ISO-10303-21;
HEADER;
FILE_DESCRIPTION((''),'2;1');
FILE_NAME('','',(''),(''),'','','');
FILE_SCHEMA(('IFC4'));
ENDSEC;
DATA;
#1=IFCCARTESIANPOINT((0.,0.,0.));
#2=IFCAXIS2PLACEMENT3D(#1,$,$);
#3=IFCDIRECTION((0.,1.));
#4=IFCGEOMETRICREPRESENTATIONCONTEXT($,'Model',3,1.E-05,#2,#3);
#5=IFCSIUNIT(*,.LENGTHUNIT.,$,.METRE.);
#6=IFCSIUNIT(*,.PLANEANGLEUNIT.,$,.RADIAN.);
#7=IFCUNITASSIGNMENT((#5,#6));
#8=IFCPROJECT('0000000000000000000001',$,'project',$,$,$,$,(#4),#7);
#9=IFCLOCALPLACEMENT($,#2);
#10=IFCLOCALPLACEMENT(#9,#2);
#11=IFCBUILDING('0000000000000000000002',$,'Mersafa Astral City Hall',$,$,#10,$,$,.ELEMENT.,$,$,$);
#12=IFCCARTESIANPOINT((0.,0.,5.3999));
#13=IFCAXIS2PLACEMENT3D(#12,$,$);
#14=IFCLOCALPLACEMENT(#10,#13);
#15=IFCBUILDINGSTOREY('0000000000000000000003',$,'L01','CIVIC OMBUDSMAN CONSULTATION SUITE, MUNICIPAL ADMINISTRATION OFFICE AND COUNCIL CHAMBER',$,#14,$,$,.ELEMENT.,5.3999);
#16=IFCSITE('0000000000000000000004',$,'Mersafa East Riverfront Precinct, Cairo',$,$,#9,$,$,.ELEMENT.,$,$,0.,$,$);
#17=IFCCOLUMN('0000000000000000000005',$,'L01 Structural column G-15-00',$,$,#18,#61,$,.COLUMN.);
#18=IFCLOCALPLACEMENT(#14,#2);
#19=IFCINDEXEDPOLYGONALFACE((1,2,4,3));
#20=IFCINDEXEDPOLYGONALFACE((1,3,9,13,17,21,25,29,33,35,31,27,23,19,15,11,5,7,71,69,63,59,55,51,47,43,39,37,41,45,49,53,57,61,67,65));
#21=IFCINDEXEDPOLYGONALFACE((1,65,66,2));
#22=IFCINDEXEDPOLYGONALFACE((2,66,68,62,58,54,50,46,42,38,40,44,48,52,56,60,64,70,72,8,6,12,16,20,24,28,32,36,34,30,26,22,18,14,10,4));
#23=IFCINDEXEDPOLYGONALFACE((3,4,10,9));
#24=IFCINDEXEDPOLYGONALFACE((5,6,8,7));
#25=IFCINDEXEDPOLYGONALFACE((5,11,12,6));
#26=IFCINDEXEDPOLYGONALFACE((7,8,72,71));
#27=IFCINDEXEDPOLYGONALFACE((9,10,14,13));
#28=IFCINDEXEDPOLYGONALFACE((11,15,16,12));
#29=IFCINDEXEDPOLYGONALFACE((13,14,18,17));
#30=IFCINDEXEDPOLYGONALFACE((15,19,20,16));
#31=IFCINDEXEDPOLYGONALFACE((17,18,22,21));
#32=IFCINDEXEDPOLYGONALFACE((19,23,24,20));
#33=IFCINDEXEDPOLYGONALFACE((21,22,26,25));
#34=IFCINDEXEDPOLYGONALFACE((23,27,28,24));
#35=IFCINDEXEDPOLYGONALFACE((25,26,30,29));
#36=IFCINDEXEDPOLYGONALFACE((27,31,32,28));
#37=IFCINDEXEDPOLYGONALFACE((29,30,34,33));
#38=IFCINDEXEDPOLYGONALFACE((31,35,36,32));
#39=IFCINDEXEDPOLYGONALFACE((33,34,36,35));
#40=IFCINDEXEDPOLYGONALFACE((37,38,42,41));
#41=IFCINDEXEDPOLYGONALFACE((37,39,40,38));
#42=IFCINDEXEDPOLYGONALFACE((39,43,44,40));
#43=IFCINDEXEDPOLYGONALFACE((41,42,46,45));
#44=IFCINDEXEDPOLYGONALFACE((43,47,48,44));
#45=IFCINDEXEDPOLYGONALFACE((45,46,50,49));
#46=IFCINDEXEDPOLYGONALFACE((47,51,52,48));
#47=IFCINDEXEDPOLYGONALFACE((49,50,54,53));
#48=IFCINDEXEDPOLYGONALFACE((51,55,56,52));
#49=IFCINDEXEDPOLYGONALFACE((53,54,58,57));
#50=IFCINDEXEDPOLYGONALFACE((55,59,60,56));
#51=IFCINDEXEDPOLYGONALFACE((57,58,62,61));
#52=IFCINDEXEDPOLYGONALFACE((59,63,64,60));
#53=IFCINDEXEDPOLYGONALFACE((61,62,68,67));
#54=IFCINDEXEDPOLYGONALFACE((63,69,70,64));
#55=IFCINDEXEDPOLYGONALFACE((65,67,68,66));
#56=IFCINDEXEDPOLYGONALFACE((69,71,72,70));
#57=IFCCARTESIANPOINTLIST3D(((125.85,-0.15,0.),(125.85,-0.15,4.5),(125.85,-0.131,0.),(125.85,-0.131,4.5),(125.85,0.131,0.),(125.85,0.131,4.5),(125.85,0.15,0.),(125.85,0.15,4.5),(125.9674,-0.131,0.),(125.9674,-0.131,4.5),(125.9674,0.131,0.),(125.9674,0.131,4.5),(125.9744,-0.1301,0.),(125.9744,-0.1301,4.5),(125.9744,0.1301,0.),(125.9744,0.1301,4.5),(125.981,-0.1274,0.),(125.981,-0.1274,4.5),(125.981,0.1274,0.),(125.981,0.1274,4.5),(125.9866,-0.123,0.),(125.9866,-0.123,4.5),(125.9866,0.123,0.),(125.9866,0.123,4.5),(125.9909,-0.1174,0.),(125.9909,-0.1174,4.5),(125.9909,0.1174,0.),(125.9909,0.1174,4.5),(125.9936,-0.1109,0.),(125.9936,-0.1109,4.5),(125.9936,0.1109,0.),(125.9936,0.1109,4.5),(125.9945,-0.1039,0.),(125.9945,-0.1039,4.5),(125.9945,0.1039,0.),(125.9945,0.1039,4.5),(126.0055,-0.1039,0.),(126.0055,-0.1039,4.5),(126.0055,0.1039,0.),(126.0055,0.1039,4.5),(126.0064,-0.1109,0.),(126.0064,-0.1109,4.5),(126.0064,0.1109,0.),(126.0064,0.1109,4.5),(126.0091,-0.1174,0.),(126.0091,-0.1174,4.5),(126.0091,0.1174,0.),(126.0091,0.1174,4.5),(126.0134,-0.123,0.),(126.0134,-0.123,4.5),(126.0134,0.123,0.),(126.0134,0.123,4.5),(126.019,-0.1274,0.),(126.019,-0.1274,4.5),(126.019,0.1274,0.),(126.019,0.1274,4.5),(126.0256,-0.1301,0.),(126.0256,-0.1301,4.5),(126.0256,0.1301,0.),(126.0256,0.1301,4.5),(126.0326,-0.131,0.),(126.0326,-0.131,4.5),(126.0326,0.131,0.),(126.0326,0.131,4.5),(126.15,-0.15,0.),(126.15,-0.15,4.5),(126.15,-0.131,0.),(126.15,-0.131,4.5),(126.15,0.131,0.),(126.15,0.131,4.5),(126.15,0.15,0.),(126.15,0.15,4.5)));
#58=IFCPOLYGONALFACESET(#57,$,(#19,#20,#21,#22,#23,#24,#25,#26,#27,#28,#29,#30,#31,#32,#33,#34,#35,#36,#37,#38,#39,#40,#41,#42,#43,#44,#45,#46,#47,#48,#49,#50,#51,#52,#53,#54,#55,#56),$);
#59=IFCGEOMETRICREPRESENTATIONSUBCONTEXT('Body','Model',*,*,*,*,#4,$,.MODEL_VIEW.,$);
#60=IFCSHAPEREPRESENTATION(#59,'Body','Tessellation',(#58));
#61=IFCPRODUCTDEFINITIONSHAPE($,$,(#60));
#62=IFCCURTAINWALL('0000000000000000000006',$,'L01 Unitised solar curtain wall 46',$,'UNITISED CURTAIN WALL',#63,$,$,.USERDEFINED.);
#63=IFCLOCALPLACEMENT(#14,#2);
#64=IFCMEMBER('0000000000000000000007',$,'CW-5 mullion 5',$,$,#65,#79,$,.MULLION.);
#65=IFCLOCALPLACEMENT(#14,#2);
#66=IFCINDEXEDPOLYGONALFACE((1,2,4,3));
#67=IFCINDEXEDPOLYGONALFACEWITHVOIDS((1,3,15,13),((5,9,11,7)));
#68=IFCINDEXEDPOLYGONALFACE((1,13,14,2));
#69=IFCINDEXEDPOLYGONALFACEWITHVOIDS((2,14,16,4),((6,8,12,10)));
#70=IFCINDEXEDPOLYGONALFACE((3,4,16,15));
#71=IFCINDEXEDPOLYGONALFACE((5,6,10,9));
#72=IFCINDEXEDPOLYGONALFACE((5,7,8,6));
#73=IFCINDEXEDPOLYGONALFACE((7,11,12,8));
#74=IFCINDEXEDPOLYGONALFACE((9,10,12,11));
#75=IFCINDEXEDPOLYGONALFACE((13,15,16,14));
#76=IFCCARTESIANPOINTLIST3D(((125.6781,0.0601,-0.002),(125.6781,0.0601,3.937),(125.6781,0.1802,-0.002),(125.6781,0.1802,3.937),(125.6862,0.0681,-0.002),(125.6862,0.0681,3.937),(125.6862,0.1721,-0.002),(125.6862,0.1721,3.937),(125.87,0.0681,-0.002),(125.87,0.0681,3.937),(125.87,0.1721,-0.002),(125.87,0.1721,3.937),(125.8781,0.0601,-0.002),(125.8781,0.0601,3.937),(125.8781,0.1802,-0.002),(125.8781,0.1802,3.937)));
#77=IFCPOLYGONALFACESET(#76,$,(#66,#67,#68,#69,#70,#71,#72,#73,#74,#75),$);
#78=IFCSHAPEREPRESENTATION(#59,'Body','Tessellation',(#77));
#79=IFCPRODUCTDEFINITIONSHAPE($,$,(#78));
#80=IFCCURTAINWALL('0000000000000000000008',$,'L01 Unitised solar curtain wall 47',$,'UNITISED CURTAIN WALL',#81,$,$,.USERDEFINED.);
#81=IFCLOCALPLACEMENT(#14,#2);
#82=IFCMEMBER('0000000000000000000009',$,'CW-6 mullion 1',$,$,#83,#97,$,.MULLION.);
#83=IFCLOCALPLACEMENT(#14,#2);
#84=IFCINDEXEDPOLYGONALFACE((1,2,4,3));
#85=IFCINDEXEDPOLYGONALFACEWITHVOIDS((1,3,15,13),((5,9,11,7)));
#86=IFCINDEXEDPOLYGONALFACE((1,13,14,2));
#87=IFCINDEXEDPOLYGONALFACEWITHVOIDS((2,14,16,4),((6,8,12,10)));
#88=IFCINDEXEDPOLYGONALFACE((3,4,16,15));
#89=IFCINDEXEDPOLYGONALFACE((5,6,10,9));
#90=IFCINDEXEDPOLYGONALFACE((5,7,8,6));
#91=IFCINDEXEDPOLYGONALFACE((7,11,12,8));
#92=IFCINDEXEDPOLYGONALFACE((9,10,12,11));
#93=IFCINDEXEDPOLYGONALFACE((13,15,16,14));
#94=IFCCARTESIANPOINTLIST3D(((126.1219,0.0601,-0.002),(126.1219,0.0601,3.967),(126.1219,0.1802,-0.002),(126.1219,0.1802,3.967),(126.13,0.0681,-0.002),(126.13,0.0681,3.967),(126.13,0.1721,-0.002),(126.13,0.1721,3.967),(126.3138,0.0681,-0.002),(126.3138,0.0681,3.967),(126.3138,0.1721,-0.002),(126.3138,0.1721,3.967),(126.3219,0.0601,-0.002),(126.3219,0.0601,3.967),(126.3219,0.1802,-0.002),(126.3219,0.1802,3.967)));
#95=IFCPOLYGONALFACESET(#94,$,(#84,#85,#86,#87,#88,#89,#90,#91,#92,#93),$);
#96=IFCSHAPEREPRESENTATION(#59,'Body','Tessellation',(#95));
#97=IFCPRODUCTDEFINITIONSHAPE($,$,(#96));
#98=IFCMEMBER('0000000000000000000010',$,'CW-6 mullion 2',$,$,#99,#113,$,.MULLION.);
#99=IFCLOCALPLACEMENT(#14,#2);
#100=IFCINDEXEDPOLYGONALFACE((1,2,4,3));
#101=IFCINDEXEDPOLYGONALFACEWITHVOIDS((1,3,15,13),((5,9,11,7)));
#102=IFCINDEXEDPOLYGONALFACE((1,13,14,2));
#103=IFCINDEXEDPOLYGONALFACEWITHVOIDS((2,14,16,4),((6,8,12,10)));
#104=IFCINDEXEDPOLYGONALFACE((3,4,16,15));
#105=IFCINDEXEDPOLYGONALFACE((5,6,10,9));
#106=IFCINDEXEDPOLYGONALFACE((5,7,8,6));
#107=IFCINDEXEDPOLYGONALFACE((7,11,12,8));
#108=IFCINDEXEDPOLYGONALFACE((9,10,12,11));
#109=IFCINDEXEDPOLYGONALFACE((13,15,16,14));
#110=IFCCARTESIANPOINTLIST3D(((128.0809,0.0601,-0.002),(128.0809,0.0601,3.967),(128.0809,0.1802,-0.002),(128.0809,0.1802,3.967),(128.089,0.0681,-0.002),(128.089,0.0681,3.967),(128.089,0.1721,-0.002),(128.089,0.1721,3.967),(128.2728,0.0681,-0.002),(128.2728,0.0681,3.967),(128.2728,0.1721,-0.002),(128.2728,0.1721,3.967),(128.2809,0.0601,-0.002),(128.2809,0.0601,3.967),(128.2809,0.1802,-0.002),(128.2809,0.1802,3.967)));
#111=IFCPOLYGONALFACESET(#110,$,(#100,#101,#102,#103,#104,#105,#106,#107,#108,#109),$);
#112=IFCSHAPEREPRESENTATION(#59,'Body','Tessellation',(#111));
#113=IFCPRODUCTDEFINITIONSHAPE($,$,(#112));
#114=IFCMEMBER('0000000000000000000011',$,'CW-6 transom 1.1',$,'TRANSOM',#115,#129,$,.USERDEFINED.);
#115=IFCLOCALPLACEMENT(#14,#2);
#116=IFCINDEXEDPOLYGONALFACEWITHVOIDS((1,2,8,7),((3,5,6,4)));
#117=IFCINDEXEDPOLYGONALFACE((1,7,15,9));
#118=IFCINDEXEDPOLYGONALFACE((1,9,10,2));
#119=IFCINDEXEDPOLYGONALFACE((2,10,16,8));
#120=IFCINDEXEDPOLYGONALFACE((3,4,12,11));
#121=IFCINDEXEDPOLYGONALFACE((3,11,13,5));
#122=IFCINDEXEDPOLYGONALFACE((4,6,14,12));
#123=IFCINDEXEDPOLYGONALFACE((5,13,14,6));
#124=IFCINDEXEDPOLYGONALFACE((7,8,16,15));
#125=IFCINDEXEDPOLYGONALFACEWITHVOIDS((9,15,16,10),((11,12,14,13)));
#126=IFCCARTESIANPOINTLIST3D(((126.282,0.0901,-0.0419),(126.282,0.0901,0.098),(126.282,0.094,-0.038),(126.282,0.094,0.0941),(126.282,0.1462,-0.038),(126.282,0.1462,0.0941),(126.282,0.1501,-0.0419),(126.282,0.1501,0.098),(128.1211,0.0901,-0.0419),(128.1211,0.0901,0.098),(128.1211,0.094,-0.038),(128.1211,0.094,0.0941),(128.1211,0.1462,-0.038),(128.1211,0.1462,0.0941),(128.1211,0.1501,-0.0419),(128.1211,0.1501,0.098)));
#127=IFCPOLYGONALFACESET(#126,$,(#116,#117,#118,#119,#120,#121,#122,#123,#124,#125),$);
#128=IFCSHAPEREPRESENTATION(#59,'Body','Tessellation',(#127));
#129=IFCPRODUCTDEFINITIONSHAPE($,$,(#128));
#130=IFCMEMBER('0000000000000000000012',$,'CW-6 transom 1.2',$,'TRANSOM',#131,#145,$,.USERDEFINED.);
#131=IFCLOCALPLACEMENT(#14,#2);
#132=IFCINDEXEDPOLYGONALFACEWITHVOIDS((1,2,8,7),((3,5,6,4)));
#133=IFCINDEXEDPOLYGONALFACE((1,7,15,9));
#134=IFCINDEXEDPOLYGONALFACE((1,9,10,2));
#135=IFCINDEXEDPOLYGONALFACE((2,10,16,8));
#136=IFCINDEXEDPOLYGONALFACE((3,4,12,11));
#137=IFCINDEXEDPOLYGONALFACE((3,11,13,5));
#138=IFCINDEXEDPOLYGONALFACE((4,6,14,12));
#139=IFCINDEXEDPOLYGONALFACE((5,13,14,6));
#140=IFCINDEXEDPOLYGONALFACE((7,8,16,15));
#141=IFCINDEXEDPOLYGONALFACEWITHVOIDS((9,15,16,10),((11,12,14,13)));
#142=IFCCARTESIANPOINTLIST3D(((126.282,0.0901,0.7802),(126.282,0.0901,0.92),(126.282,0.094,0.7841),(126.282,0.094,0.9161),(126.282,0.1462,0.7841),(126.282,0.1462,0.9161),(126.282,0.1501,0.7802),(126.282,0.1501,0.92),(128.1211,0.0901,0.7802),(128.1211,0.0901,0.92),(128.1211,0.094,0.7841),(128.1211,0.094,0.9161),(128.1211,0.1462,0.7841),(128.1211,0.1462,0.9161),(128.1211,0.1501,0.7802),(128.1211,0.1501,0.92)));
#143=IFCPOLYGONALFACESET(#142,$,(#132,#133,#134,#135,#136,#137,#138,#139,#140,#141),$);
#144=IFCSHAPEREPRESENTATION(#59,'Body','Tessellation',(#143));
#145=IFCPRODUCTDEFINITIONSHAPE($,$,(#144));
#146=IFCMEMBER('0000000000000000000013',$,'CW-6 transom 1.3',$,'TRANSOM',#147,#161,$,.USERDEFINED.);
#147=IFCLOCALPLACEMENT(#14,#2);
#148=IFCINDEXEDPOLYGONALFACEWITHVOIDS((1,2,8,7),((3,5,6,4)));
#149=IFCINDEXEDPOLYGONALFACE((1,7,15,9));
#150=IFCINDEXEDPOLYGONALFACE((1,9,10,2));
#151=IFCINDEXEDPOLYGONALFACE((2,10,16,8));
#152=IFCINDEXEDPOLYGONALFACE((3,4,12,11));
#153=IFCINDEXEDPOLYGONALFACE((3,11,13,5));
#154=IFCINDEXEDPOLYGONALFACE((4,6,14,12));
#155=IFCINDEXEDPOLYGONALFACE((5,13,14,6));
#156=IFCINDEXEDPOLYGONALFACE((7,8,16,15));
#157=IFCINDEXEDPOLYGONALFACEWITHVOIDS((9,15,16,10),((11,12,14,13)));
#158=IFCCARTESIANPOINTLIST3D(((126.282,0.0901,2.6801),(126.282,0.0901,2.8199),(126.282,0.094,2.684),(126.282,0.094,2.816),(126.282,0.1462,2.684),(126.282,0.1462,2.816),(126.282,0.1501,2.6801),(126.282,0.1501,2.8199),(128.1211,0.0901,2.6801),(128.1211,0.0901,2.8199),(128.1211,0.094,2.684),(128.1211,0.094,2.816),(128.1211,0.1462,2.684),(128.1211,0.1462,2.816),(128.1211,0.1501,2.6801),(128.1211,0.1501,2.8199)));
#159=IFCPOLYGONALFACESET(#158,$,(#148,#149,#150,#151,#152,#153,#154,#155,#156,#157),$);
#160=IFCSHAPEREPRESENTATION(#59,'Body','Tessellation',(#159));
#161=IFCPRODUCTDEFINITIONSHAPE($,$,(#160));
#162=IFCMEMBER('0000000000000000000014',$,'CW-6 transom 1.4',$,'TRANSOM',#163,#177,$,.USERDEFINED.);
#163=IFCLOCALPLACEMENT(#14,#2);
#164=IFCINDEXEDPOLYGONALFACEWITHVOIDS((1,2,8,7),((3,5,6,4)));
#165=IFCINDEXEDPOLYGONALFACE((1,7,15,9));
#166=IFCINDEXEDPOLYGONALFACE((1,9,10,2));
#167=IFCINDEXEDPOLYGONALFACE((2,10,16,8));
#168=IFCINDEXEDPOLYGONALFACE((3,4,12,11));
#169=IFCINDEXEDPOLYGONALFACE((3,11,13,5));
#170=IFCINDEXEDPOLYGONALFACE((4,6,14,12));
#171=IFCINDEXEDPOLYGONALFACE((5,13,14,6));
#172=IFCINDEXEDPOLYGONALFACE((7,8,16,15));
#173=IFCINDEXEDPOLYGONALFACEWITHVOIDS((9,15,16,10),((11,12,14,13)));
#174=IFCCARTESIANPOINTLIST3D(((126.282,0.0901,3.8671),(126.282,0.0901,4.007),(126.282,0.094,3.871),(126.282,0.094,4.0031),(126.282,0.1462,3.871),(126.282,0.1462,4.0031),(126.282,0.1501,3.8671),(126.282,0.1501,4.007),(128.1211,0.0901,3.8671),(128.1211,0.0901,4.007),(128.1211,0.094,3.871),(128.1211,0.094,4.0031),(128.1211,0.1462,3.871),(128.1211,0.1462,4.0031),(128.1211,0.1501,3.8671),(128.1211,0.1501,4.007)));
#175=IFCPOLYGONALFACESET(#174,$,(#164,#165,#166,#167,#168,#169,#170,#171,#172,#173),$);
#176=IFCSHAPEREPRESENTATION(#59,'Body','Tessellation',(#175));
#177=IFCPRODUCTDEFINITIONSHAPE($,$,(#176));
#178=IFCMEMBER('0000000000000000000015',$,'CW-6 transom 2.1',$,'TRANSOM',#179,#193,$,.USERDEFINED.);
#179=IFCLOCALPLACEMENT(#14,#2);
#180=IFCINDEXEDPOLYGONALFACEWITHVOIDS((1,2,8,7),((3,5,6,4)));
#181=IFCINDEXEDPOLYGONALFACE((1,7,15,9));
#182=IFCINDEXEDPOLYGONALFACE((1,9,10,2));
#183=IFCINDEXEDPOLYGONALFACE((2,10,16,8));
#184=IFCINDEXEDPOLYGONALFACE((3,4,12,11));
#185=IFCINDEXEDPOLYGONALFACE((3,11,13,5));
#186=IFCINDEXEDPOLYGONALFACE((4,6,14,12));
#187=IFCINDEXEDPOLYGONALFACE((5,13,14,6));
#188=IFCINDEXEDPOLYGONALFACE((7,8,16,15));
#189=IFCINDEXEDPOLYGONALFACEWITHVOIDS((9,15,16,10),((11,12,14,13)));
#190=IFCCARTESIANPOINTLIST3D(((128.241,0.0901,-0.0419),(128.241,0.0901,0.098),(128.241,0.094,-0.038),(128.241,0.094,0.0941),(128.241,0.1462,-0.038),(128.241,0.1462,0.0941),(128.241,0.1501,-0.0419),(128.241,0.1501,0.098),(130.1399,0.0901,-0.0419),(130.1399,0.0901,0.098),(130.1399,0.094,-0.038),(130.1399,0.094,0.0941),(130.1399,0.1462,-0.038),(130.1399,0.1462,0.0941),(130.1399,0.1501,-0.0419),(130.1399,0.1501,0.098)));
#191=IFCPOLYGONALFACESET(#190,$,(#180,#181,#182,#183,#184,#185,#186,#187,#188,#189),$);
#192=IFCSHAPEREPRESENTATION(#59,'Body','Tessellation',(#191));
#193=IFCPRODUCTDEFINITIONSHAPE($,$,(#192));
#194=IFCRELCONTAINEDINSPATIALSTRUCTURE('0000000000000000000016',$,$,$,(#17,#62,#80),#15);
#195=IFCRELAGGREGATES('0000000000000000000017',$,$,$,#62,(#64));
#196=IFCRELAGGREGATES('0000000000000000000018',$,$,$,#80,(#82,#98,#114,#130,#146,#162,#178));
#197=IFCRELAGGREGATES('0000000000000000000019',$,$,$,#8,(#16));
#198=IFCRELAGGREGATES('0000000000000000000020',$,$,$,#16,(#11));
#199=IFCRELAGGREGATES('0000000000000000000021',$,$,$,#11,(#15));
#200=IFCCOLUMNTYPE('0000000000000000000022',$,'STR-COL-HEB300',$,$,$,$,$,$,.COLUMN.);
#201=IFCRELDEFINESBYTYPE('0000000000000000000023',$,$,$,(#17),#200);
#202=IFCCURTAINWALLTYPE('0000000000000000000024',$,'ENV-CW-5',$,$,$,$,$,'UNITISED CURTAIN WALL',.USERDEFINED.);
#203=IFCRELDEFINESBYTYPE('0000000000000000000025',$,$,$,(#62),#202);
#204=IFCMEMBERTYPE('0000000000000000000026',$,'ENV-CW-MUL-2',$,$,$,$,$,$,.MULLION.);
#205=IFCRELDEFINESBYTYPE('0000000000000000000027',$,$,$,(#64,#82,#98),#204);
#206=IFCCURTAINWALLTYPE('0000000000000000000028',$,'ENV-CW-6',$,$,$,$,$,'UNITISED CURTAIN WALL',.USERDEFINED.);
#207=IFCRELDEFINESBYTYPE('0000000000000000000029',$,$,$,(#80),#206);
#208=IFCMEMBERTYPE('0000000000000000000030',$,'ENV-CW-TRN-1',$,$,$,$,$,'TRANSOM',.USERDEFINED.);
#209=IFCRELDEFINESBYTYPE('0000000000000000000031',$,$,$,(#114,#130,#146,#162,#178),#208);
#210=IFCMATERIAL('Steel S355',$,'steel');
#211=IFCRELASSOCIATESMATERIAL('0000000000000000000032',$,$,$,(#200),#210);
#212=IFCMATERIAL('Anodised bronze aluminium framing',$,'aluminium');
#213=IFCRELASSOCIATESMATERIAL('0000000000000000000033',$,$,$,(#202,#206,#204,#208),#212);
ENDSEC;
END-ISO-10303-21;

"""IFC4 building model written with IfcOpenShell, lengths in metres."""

from ifc_helpers import new_model, si_unit, direction, frame, origin, origin_2d, place, context, subcontext, project, spatial, hollow_rectangle, i_section, extrude, material, material_profile, profile_set, type_object, element, aggregate, save


model = new_model("IFC4")

# Units and contexts
model_context = context("Model", 3, precision=1e-05, world=origin(), true_north=direction((0.0, 1.0)))
body_context = subcontext(model_context, "Body", "Model", "MODEL_VIEW")
ifc_project = project(units=[si_unit("LENGTHUNIT", "METRE"), si_unit("PLANEANGLEUNIT", "RADIAN")], contexts=[model_context])

# Site, building, storey
site_placement = place(None, origin())
site = spatial("IfcSite", under=ifc_project, at=site_placement, Name="Mersafa East Riverfront Precinct, Cairo", CompositionType="ELEMENT", RefElevation=0.0)
building_placement = place(site_placement, origin())
building = spatial("IfcBuilding", under=site, at=building_placement, Name="Mersafa Astral City Hall", CompositionType="ELEMENT")
storey_placement = place(building_placement, frame((0.0, 0.0, 5.3999)))
storey = spatial("IfcBuildingStorey", under=building, at=storey_placement, Name="L01", Description="CIVIC OMBUDSMAN CONSULTATION SUITE, MUNICIPAL ADMINISTRATION OFFICE AND COUNCIL CHAMBER", CompositionType="ELEMENT", Elevation=5.3999)

# Column
ifc_material_1 = material(Name="Steel S355", Category="steel")
ifc_material_profile_1 = material_profile(ifc_material_1, i_section(OverallWidth=0.3, OverallDepth=0.3, WebThickness=0.011, FlangeThickness=0.019, FilletRadius=0.0271, at=origin_2d()), Name="HEB 300")
ifc_profile_set_1 = profile_set([ifc_material_profile_1], Name="Steel S355")
column_type = type_object("IfcColumnType", Name="STR-COL-HEB300", PredefinedType="COLUMN", material=ifc_profile_set_1)
column_placement = place(storey_placement, frame((126.0, 0.0, 0.0), z_axis=(0.0, 0.0, 1.0), x_axis=(1.0, 0.0, 0.0)))
element("IfcColumn", 1, at=column_placement, inside=storey, type_object=column_type, Name="L01 Structural column G-15-00", PredefinedType="COLUMN", context=body_context, shape_type="SweptSolid", body=[
    extrude(i_section(OverallWidth=0.3, OverallDepth=0.3, WebThickness=0.011, FlangeThickness=0.019, FilletRadius=0.0271, at=origin_2d()), origin(), (0.0, 0.0, 1.0), 4.5),
])

# Curtain wall, member
ifc_material_2 = material(Name="Anodised bronze aluminium framing", Category="aluminium")
curtain_wall_type_1 = type_object("IfcCurtainWallType", Name="ENV-CW-5", ElementType="UNITISED CURTAIN WALL", PredefinedType="USERDEFINED", material=ifc_material_2)
curtain_wall_1_placement = place(storey_placement, origin())
curtain_wall_1 = element("IfcCurtainWall", 2, at=curtain_wall_1_placement, inside=storey, type_object=curtain_wall_type_1, Name="L01 Unitised solar curtain wall 46", ObjectType="UNITISED CURTAIN WALL", PredefinedType="USERDEFINED")
ifc_material_profile_2 = material_profile(ifc_material_2, hollow_rectangle(XDim=0.1201, YDim=0.2, WallThickness=0.0081, at=origin_2d()), Name="RHS 120x200x8")
ifc_profile_set_2 = profile_set([ifc_material_profile_2], Name="Anodised bronze aluminium framing")
member_type_1 = type_object("IfcMemberType", Name="ENV-CW-MUL-2", PredefinedType="MULLION", material=ifc_profile_set_2)
member_1_placement = place(storey_placement, frame((125.7781, 0.1201, -0.002), z_axis=(0.0, 0.0, 1.0), x_axis=(0.0, 1.0, 0.0)))
member_1 = element("IfcMember", 3, at=member_1_placement, type_object=member_type_1, Name="CW-5 mullion 5", PredefinedType="MULLION", context=body_context, shape_type="SweptSolid", body=[
    extrude(hollow_rectangle(XDim=0.1201, YDim=0.2, WallThickness=0.0081, at=origin_2d()), origin(), (0.0, 0.0, 1.0), 3.939),
])

# Curtain wall, members
curtain_wall_type_2 = type_object("IfcCurtainWallType", Name="ENV-CW-6", ElementType="UNITISED CURTAIN WALL", PredefinedType="USERDEFINED", material=ifc_material_2)
curtain_wall_2_placement = place(storey_placement, origin())
curtain_wall_2 = element("IfcCurtainWall", 4, at=curtain_wall_2_placement, inside=storey, type_object=curtain_wall_type_2, Name="L01 Unitised solar curtain wall 47", ObjectType="UNITISED CURTAIN WALL", PredefinedType="USERDEFINED")
member_2_placement = place(storey_placement, frame((126.2219, 0.1201, -0.002), z_axis=(0.0, 0.0, 1.0), x_axis=(0.0, 1.0, 0.0)))
member_2 = element("IfcMember", 5, at=member_2_placement, type_object=member_type_1, Name="CW-6 mullion 1", PredefinedType="MULLION", context=body_context, shape_type="SweptSolid", body=[
    extrude(hollow_rectangle(XDim=0.1201, YDim=0.2, WallThickness=0.0081, at=origin_2d()), origin(), (0.0, 0.0, 1.0), 3.969),
])
member_3_placement = place(storey_placement, frame((128.1809, 0.1201, -0.002), z_axis=(0.0, 0.0, 1.0), x_axis=(0.0, 1.0, 0.0)))
member_3 = element("IfcMember", 6, at=member_3_placement, type_object=member_type_1, Name="CW-6 mullion 2", PredefinedType="MULLION", context=body_context, shape_type="SweptSolid", body=[
    extrude(hollow_rectangle(XDim=0.1201, YDim=0.2, WallThickness=0.0081, at=origin_2d()), origin(), (0.0, 0.0, 1.0), 3.969),
])
ifc_material_profile_3 = material_profile(ifc_material_2, hollow_rectangle(XDim=0.0601, YDim=0.1399, WallThickness=0.0039, at=origin_2d()), Name="RHS 60x140x4")
ifc_profile_set_3 = profile_set([ifc_material_profile_3], Name="Anodised bronze aluminium framing")
member_type_2 = type_object("IfcMemberType", Name="ENV-CW-TRN-1", ElementType="TRANSOM", PredefinedType="USERDEFINED", material=ifc_profile_set_3)
member_4_placement = place(storey_placement, frame((126.282, 0.1201, 0.0281), z_axis=(1.0, 0.0, 0.0), x_axis=(0.0, 1.0, 0.0)))
member_4 = element("IfcMember", 7, at=member_4_placement, type_object=member_type_2, Name="CW-6 transom 1.1", ObjectType="TRANSOM", PredefinedType="USERDEFINED", context=body_context, shape_type="SweptSolid", body=[
    extrude(hollow_rectangle(XDim=0.0601, YDim=0.1399, WallThickness=0.0039, at=origin_2d()), origin(), (0.0, 0.0, 1.0), 1.8391),
])
member_5_placement = place(storey_placement, frame((126.282, 0.1201, 0.8501), z_axis=(1.0, 0.0, 0.0), x_axis=(0.0, 1.0, 0.0)))
member_5 = element("IfcMember", 8, at=member_5_placement, type_object=member_type_2, Name="CW-6 transom 1.2", ObjectType="TRANSOM", PredefinedType="USERDEFINED", context=body_context, shape_type="SweptSolid", body=[
    extrude(hollow_rectangle(XDim=0.0601, YDim=0.1399, WallThickness=0.0039, at=origin_2d()), origin(), (0.0, 0.0, 1.0), 1.8391),
])
member_6_placement = place(storey_placement, frame((126.282, 0.1201, 2.75), z_axis=(1.0, 0.0, 0.0), x_axis=(0.0, 1.0, 0.0)))
member_6 = element("IfcMember", 9, at=member_6_placement, type_object=member_type_2, Name="CW-6 transom 1.3", ObjectType="TRANSOM", PredefinedType="USERDEFINED", context=body_context, shape_type="SweptSolid", body=[
    extrude(hollow_rectangle(XDim=0.0601, YDim=0.1399, WallThickness=0.0039, at=origin_2d()), origin(), (0.0, 0.0, 1.0), 1.8391),
])
member_7_placement = place(storey_placement, frame((126.282, 0.1201, 3.937), z_axis=(1.0, 0.0, 0.0), x_axis=(0.0, 1.0, 0.0)))
member_7 = element("IfcMember", 10, at=member_7_placement, type_object=member_type_2, Name="CW-6 transom 1.4", ObjectType="TRANSOM", PredefinedType="USERDEFINED", context=body_context, shape_type="SweptSolid", body=[
    extrude(hollow_rectangle(XDim=0.0601, YDim=0.1399, WallThickness=0.0039, at=origin_2d()), origin(), (0.0, 0.0, 1.0), 1.8391),
])
member_8_placement = place(storey_placement, frame((128.241, 0.1201, 0.0281), z_axis=(1.0, 0.0, 0.0), x_axis=(0.0, 1.0, 0.0)))
member_8 = element("IfcMember", 11, at=member_8_placement, type_object=member_type_2, Name="CW-6 transom 2.1", ObjectType="TRANSOM", PredefinedType="USERDEFINED", context=body_context, shape_type="SweptSolid", body=[
    extrude(hollow_rectangle(XDim=0.0601, YDim=0.1399, WallThickness=0.0039, at=origin_2d()), origin(), (0.0, 0.0, 1.0), 1.8989),
])

aggregate(curtain_wall_1, [member_1])
aggregate(curtain_wall_2, [member_2, member_3, member_4, member_5, member_6, member_7, member_8])

save(model, "model.ifc")
